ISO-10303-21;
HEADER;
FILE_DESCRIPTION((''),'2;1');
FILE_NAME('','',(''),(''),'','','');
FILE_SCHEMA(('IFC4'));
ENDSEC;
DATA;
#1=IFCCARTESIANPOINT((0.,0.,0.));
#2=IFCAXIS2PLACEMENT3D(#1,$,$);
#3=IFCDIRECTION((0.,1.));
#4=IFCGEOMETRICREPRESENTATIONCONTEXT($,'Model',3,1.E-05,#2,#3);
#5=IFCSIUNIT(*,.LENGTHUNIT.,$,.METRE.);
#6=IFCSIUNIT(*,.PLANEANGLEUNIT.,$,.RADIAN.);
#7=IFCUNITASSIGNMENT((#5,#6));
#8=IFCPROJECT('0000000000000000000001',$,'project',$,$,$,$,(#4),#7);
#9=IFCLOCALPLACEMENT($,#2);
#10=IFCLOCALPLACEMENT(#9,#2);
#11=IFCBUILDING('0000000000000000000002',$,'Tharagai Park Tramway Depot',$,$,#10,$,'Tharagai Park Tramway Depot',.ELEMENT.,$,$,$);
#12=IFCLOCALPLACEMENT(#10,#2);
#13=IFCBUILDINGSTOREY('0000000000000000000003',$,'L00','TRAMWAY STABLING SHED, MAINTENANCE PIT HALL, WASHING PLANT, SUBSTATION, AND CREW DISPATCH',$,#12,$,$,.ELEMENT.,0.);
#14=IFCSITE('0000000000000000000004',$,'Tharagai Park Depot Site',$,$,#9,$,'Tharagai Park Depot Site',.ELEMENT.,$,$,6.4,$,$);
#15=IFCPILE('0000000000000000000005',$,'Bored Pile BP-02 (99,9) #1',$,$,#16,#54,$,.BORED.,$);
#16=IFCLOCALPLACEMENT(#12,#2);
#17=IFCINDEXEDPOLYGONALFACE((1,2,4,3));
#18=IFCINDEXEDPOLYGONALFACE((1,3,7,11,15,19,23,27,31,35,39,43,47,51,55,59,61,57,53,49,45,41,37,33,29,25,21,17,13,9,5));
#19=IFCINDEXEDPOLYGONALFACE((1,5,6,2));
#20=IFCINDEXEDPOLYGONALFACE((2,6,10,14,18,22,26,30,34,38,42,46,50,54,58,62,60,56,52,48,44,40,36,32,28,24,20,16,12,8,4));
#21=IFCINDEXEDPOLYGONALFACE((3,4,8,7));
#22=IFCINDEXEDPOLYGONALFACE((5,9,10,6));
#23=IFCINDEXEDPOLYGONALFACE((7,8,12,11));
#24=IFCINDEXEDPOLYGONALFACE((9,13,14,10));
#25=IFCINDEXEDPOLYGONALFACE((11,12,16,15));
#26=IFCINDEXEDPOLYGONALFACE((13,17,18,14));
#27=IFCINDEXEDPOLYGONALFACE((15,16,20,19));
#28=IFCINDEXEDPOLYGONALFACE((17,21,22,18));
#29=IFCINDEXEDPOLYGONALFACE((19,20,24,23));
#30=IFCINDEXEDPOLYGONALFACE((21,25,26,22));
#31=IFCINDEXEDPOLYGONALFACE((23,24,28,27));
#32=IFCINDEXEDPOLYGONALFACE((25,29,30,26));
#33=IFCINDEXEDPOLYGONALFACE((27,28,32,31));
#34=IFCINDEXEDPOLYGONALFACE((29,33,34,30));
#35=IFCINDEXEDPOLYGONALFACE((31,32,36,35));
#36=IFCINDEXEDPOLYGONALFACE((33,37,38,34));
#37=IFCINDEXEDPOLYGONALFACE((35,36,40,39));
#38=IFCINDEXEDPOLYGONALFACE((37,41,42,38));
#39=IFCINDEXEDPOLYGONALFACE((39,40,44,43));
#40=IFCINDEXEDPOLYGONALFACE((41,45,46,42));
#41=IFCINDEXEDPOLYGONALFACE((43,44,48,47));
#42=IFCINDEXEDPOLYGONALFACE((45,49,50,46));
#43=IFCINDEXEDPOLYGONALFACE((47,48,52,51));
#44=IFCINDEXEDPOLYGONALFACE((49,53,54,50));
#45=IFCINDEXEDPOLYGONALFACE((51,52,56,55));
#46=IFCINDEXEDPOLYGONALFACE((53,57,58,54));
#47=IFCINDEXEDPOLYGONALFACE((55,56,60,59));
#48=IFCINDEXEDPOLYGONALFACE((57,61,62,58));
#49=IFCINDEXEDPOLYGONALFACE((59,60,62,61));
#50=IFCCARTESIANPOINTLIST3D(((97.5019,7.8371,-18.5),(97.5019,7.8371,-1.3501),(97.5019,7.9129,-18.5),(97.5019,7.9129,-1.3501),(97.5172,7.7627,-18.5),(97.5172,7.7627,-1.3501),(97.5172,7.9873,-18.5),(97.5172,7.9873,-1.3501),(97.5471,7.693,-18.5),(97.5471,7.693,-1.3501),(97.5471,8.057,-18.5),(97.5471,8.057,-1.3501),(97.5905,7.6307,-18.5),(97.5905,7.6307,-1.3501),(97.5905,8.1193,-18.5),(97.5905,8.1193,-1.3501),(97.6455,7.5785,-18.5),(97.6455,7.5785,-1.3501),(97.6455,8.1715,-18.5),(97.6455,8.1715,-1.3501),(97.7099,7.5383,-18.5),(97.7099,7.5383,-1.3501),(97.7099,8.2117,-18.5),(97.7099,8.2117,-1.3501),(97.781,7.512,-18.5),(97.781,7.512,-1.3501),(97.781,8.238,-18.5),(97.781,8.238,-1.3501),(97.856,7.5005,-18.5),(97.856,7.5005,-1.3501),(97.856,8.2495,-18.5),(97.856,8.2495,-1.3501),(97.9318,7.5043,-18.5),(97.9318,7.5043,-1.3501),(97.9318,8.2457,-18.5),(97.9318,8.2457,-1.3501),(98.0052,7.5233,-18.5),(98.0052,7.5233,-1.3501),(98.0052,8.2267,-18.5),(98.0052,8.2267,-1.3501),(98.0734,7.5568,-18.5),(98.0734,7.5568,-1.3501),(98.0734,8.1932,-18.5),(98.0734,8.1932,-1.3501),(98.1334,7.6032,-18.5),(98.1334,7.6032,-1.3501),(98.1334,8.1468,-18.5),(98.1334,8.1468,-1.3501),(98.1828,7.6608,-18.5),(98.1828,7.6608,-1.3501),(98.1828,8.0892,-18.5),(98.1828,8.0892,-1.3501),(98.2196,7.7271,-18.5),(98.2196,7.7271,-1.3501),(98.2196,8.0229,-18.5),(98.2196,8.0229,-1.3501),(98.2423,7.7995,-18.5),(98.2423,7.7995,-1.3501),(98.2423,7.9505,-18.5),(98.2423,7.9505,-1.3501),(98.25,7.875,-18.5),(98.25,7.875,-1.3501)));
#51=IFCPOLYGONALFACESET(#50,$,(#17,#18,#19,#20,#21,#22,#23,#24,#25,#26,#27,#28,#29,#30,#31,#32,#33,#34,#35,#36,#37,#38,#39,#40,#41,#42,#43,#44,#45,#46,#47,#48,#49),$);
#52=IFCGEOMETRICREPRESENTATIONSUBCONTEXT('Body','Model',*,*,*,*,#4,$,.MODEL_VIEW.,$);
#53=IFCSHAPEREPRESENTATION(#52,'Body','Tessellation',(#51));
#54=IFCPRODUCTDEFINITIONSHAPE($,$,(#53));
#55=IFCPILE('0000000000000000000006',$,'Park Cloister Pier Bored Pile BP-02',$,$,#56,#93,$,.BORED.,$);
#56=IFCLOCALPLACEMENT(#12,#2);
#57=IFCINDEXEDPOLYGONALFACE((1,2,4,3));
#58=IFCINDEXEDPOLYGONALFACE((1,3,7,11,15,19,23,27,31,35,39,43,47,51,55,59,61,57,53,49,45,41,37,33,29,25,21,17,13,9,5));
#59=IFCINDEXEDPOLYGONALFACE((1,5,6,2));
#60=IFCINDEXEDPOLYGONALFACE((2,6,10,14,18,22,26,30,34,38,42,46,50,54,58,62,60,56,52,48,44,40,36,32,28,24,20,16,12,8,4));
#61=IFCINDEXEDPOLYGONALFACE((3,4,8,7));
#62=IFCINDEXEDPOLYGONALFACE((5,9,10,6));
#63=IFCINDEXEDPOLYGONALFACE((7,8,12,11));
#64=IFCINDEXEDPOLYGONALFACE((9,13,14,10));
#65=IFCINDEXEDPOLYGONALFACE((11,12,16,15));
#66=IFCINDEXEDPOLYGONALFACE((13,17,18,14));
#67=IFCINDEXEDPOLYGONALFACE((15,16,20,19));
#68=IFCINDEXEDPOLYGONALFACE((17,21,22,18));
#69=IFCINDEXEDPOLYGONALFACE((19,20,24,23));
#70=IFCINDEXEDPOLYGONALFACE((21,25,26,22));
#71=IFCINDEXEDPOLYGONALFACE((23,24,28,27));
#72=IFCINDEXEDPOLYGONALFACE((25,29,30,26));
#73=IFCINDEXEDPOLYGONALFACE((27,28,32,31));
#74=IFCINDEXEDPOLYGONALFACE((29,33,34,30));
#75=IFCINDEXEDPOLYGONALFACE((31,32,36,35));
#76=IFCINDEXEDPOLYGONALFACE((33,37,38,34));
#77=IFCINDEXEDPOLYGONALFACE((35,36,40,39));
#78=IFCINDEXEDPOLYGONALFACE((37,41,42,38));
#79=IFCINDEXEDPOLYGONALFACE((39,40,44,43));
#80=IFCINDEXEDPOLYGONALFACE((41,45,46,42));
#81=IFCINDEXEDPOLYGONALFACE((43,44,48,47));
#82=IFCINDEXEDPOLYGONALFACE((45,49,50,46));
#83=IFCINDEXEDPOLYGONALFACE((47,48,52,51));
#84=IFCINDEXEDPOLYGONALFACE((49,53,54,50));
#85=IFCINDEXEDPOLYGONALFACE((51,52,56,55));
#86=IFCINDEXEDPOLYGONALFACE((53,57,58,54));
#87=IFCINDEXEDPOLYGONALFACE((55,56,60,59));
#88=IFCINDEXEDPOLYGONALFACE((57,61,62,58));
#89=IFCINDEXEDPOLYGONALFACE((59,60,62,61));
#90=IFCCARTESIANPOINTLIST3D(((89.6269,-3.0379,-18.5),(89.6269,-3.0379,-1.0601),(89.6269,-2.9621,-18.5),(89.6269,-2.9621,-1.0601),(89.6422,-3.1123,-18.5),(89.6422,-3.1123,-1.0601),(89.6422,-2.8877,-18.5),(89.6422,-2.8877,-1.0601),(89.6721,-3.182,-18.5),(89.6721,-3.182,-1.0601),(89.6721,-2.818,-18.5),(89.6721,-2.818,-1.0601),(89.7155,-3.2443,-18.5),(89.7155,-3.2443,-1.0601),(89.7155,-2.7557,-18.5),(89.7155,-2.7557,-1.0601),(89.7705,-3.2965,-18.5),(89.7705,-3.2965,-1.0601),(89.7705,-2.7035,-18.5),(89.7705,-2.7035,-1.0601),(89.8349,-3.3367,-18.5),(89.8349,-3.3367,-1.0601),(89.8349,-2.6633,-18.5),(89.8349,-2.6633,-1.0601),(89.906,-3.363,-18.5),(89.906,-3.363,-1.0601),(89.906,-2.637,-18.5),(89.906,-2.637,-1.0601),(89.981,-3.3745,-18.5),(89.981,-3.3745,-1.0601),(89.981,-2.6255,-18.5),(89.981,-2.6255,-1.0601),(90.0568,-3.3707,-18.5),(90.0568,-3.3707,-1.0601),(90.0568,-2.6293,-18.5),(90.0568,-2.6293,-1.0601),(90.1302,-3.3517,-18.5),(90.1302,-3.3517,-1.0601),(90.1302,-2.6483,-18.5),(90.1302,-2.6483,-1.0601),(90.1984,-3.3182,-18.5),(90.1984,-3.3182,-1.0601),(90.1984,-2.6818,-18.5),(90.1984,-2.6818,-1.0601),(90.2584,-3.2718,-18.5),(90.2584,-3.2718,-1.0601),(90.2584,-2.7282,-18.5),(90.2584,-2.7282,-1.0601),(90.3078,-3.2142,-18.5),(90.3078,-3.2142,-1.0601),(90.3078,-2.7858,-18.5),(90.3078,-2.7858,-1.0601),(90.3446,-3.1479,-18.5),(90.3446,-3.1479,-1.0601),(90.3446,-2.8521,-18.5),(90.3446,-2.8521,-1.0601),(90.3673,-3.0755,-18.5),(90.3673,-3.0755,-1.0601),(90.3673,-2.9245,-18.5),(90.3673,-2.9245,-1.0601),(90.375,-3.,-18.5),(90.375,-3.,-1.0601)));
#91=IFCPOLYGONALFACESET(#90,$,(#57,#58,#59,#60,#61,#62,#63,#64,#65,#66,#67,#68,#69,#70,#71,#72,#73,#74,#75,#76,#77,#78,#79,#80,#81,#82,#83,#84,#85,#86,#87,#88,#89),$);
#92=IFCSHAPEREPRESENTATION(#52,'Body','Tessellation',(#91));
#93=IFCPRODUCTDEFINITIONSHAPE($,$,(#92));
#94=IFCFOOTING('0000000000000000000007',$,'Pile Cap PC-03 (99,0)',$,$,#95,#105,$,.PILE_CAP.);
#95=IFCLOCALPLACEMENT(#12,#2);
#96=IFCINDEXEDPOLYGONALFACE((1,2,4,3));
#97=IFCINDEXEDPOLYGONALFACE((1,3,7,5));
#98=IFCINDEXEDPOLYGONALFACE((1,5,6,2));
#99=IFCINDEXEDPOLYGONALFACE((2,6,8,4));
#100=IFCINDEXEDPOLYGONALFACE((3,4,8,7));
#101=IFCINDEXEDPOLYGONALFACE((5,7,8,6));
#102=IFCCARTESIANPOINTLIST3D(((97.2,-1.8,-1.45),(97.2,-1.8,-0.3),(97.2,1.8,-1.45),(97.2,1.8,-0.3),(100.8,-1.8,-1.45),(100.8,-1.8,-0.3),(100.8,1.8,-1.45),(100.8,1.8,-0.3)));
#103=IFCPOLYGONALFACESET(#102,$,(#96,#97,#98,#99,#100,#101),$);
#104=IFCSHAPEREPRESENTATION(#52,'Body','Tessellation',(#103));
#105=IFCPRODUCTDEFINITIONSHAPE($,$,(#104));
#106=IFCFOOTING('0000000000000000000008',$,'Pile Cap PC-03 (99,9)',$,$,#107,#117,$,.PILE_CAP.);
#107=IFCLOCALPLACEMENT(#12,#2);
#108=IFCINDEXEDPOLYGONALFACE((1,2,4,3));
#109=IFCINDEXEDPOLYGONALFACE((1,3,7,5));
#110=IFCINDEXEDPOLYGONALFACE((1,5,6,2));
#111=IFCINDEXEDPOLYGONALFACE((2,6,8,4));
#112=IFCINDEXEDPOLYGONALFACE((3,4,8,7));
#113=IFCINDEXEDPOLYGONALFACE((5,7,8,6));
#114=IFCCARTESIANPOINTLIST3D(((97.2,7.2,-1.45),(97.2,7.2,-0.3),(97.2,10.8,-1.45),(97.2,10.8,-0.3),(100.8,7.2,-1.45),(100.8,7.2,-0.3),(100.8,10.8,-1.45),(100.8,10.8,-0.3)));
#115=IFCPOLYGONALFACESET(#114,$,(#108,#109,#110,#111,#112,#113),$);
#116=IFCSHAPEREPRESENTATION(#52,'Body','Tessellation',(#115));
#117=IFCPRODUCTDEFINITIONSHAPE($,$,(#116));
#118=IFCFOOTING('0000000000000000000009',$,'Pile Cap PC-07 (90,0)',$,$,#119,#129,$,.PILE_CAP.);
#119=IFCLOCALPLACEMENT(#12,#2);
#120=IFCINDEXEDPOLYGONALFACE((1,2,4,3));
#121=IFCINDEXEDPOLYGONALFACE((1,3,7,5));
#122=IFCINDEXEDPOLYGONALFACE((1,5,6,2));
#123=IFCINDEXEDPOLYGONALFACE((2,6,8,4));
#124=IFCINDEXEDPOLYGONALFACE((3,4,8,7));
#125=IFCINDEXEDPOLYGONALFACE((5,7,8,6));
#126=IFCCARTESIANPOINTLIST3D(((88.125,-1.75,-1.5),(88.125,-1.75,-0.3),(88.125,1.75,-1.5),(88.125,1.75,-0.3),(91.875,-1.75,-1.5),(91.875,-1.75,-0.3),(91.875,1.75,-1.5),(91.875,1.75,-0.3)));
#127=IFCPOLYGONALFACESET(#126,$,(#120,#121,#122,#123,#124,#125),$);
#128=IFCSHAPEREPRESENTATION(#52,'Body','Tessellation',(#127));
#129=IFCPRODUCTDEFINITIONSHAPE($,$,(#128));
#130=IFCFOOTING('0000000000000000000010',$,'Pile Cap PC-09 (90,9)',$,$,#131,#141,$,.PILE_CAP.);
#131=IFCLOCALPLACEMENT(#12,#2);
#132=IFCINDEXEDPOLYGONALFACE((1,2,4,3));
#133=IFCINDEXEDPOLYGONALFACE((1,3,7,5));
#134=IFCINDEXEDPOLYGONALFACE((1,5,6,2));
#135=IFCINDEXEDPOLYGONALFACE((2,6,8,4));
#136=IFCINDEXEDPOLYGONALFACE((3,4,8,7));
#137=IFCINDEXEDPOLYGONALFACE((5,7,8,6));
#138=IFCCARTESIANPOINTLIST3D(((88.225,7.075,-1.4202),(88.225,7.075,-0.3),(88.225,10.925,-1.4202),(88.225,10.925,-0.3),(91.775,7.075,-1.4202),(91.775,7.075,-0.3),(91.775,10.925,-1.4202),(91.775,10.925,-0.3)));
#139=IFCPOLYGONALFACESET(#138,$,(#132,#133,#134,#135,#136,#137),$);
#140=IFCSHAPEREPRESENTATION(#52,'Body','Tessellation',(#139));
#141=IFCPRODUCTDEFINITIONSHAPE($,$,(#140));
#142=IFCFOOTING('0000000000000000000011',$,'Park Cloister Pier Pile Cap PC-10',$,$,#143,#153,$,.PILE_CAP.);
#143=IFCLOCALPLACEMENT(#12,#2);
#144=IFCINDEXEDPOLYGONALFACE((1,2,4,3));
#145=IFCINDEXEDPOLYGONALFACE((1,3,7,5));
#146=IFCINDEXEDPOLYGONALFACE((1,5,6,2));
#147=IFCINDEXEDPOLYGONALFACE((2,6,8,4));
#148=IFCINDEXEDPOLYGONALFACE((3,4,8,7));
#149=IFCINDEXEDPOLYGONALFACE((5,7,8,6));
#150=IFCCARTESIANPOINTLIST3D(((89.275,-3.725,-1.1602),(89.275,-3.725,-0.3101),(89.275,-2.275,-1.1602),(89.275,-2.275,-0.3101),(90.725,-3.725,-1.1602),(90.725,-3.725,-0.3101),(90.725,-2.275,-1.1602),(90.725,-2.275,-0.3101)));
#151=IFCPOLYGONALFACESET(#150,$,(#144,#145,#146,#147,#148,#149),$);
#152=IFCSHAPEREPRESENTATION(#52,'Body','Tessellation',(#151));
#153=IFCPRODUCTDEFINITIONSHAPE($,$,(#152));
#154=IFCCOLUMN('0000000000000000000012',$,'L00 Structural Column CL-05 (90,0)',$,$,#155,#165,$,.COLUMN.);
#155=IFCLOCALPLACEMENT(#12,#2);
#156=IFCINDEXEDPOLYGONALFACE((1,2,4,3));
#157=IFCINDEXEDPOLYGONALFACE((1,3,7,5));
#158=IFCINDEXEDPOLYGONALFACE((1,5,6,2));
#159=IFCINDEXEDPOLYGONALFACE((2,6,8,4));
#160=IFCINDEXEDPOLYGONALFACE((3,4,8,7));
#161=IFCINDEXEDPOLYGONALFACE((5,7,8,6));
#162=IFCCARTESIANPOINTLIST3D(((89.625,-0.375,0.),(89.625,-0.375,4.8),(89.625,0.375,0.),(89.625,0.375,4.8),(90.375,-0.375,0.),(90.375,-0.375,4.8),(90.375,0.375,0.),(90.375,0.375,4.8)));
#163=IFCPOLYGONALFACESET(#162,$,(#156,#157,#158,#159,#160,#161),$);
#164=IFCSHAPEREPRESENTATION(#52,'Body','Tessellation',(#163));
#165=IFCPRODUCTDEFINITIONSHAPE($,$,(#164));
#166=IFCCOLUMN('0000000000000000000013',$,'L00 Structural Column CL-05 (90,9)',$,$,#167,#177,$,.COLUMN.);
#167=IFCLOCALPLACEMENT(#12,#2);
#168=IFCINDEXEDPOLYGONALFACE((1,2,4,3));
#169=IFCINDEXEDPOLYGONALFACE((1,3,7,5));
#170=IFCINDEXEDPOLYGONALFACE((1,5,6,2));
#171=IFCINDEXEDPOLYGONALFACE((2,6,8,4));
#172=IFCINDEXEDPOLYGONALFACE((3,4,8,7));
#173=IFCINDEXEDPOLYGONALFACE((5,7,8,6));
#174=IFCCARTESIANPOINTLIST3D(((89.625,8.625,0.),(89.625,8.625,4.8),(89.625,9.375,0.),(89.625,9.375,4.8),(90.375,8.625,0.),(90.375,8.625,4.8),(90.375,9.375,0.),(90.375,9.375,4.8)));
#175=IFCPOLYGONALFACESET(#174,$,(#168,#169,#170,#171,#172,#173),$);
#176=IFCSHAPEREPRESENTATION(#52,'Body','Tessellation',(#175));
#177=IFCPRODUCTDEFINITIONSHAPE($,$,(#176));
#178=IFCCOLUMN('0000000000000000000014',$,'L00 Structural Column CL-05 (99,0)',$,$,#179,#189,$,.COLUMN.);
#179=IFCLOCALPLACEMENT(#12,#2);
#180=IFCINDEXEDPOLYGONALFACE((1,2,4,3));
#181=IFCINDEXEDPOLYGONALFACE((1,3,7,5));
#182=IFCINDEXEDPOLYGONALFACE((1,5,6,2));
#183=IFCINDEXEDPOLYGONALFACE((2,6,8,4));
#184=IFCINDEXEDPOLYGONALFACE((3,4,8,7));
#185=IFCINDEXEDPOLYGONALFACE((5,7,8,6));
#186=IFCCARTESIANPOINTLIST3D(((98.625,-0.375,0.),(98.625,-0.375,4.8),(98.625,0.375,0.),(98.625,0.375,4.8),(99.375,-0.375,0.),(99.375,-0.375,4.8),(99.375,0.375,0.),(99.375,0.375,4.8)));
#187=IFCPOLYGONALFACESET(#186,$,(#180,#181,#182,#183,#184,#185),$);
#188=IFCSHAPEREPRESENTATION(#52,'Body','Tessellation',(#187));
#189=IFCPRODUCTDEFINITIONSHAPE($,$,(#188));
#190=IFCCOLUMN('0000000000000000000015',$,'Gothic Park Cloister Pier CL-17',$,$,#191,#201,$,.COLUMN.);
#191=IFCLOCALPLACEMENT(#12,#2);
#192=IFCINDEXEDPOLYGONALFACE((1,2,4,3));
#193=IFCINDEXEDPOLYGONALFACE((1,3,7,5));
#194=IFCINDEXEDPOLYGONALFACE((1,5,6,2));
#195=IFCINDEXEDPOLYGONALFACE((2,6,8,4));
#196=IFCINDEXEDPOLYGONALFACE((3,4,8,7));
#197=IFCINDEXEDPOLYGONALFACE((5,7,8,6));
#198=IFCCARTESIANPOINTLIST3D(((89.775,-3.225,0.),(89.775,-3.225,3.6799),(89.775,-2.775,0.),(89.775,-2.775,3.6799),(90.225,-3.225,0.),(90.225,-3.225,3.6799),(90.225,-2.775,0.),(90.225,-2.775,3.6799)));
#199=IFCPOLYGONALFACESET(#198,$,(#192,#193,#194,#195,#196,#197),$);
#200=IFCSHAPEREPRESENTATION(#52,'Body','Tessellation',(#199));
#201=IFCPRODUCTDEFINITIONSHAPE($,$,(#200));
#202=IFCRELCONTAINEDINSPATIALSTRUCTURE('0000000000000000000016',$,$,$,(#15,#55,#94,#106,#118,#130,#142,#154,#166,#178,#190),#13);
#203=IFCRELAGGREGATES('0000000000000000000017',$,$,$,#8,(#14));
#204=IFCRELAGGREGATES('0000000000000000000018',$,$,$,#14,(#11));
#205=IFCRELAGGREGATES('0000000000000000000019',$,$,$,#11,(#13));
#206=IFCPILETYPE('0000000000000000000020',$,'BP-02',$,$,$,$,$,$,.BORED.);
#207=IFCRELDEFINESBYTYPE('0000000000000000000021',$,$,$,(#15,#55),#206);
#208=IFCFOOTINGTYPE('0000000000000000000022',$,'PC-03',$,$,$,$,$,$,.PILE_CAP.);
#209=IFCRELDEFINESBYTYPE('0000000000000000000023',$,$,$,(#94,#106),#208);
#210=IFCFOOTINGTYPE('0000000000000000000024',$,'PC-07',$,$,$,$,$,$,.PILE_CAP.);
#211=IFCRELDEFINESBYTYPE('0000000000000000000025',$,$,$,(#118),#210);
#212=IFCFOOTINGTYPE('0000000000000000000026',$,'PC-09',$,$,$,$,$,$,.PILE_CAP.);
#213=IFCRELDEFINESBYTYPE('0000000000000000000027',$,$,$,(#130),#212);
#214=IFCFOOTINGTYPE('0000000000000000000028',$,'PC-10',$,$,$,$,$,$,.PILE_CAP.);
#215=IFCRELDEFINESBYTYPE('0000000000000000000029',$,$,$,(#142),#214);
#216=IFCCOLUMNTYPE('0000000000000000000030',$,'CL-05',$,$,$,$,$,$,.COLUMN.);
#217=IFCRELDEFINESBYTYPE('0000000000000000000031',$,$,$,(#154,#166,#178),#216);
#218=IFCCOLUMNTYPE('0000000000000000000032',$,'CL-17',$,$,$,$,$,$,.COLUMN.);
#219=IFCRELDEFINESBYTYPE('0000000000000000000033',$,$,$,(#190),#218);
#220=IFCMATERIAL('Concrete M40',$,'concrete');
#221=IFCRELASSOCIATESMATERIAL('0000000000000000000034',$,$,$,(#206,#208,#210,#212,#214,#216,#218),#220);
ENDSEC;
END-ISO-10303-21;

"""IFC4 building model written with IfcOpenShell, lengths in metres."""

from ifc_helpers import new_model, si_unit, direction, frame, origin, origin_2d, place, context, subcontext, project, spatial, rectangle, circle, extrude, material, material_profile, profile_set, type_object, element, save


model = new_model("IFC4")

# Units and contexts
model_context = context("Model", 3, precision=1e-05, world=origin(), true_north=direction((0.0, 1.0)))
body_context = subcontext(model_context, "Body", "Model", "MODEL_VIEW")
ifc_project = project(units=[si_unit("LENGTHUNIT", "METRE"), si_unit("PLANEANGLEUNIT", "RADIAN")], contexts=[model_context])

# Site, building, storey
site_placement = place(None, origin())
site = spatial("IfcSite", under=ifc_project, at=site_placement, Name="Tharagai Park Depot Site", LongName="Tharagai Park Depot Site", CompositionType="ELEMENT", RefElevation=6.4)
building_placement = place(site_placement, origin())
building = spatial("IfcBuilding", under=site, at=building_placement, Name="Tharagai Park Tramway Depot", LongName="Tharagai Park Tramway Depot", CompositionType="ELEMENT")
storey_placement = place(building_placement, origin())
storey = spatial("IfcBuildingStorey", under=building, at=storey_placement, Name="L00", Description="TRAMWAY STABLING SHED, MAINTENANCE PIT HALL, WASHING PLANT, SUBSTATION, AND CREW DISPATCH", CompositionType="ELEMENT", Elevation=0.0)

# Piles
ifc_material_1 = material(Name="Concrete M40", Category="concrete")
ifc_material_profile_1 = material_profile(ifc_material_1, circle(Radius=0.375, at=origin_2d()), Name="PILE D750")
ifc_profile_set_1 = profile_set([ifc_material_profile_1], Name="Concrete M40")
pile_type = type_object("IfcPileType", Name="BP-02", PredefinedType="BORED", material=ifc_profile_set_1)
for number, where, z_axis, x_axis, name in (
    (1, (97.875, 7.875, -1.3501), (0.0, 0.0, -1.0), (1.0, 0.0, 0.0), "Bored Pile BP-02 (99,9) #1"),
):
    element("IfcPile", number, at=place(storey_placement, frame(where, z_axis=z_axis, x_axis=x_axis)), inside=storey, type_object=pile_type, Name=name, PredefinedType="BORED", context=body_context, shape_type="SweptSolid", body=[
        extrude(circle(Radius=0.375, at=origin_2d()), origin(), (0.0, 0.0, 1.0), 17.1499),
    ])
pile_1_placement = place(storey_placement, frame((90.0, -3.0, -1.0601), z_axis=(0.0, 0.0, -1.0), x_axis=(1.0, 0.0, 0.0)))
element("IfcPile", 2, at=pile_1_placement, inside=storey, type_object=pile_type, Name="Park Cloister Pier Bored Pile BP-02", PredefinedType="BORED", context=body_context, shape_type="SweptSolid", body=[
    extrude(circle(Radius=0.375, at=origin_2d()), origin(), (0.0, 0.0, 1.0), 17.4399),
])

# Footings
footing_type_1 = type_object("IfcFootingType", Name="PC-03", PredefinedType="PILE_CAP", material=ifc_material_1)
for number, where, z_axis, x_axis, name in (
    (3, (99.0, 0.0, -1.45), (0.0, 0.0, 1.0), (1.0, 0.0, 0.0), "Pile Cap PC-03 (99,0)"),
    (4, (99.0, 9.0, -1.45), (0.0, 0.0, 1.0), (1.0, 0.0, 0.0), "Pile Cap PC-03 (99,9)"),
):
    element("IfcFooting", number, at=place(storey_placement, frame(where, z_axis=z_axis, x_axis=x_axis)), inside=storey, type_object=footing_type_1, Name=name, PredefinedType="PILE_CAP", context=body_context, shape_type="SweptSolid", body=[
        extrude(rectangle(XDim=3.6001, YDim=3.6001, at=origin_2d()), origin(), (0.0, 0.0, 1.0), 1.1499),
    ])
footing_type_2 = type_object("IfcFootingType", Name="PC-07", PredefinedType="PILE_CAP", material=ifc_material_1)
footing_1_placement = place(storey_placement, frame((90.0, 0.0, -1.5), z_axis=(0.0, 0.0, 1.0), x_axis=(1.0, 0.0, 0.0)))
element("IfcFooting", 5, at=footing_1_placement, inside=storey, type_object=footing_type_2, Name="Pile Cap PC-07 (90,0)", PredefinedType="PILE_CAP", context=body_context, shape_type="SweptSolid", body=[
    extrude(rectangle(XDim=3.75, YDim=3.5, at=origin_2d()), origin(), (0.0, 0.0, 1.0), 1.2),
])
footing_type_3 = type_object("IfcFootingType", Name="PC-09", PredefinedType="PILE_CAP", material=ifc_material_1)
footing_2_placement = place(storey_placement, frame((90.0, 9.0, -1.4202), z_axis=(0.0, 0.0, 1.0), x_axis=(1.0, 0.0, 0.0)))
element("IfcFooting", 6, at=footing_2_placement, inside=storey, type_object=footing_type_3, Name="Pile Cap PC-09 (90,9)", PredefinedType="PILE_CAP", context=body_context, shape_type="SweptSolid", body=[
    extrude(rectangle(XDim=3.55, YDim=3.8501, at=origin_2d()), origin(), (0.0, 0.0, 1.0), 1.1201),
])
footing_type_4 = type_object("IfcFootingType", Name="PC-10", PredefinedType="PILE_CAP", material=ifc_material_1)
footing_3_placement = place(storey_placement, frame((90.0, -3.0, -1.1602), z_axis=(0.0, 0.0, 1.0), x_axis=(1.0, 0.0, 0.0)))
element("IfcFooting", 7, at=footing_3_placement, inside=storey, type_object=footing_type_4, Name="Park Cloister Pier Pile Cap PC-10", PredefinedType="PILE_CAP", context=body_context, shape_type="SweptSolid", body=[
    extrude(rectangle(XDim=1.45, YDim=1.45, at=origin_2d()), origin(), (0.0, 0.0, 1.0), 0.8501),
])

# Columns
ifc_material_profile_2 = material_profile(ifc_material_1, rectangle(XDim=0.75, YDim=0.75, at=origin_2d()), Name="RC 750x750")
ifc_profile_set_2 = profile_set([ifc_material_profile_2], Name="Concrete M40")
column_type_1 = type_object("IfcColumnType", Name="CL-05", PredefinedType="COLUMN", material=ifc_profile_set_2)
for number, where, z_axis, x_axis, name in (
    (8, (90.0, 0.0, 0.0), (0.0, 0.0, 1.0), (1.0, 0.0, 0.0), "L00 Structural Column CL-05 (90,0)"),
    (9, (90.0, 9.0, 0.0), (0.0, 0.0, 1.0), (1.0, 0.0, 0.0), "L00 Structural Column CL-05 (90,9)"),
    (10, (99.0, 0.0, 0.0), (0.0, 0.0, 1.0), (1.0, 0.0, 0.0), "L00 Structural Column CL-05 (99,0)"),
):
    element("IfcColumn", number, at=place(storey_placement, frame(where, z_axis=z_axis, x_axis=x_axis)), inside=storey, type_object=column_type_1, Name=name, PredefinedType="COLUMN", context=body_context, shape_type="SweptSolid", body=[
        extrude(rectangle(XDim=0.75, YDim=0.75, at=origin_2d()), origin(), (0.0, 0.0, 1.0), 4.8),
    ])
ifc_material_profile_3 = material_profile(ifc_material_1, rectangle(XDim=0.45, YDim=0.45, at=origin_2d()), Name="RC 450x450")
ifc_profile_set_3 = profile_set([ifc_material_profile_3], Name="Concrete M40")
column_type_2 = type_object("IfcColumnType", Name="CL-17", PredefinedType="COLUMN", material=ifc_profile_set_3)
column_placement = place(storey_placement, frame((90.0, -3.0, 0.0), z_axis=(0.0, 0.0, 1.0), x_axis=(1.0, 0.0, 0.0)))
element("IfcColumn", 11, at=column_placement, inside=storey, type_object=column_type_2, Name="Gothic Park Cloister Pier CL-17", PredefinedType="COLUMN", context=body_context, shape_type="SweptSolid", body=[
    extrude(rectangle(XDim=0.45, YDim=0.45, at=origin_2d()), origin(), (0.0, 0.0, 1.0), 3.6799),
])

save(model, "model.ifc")
